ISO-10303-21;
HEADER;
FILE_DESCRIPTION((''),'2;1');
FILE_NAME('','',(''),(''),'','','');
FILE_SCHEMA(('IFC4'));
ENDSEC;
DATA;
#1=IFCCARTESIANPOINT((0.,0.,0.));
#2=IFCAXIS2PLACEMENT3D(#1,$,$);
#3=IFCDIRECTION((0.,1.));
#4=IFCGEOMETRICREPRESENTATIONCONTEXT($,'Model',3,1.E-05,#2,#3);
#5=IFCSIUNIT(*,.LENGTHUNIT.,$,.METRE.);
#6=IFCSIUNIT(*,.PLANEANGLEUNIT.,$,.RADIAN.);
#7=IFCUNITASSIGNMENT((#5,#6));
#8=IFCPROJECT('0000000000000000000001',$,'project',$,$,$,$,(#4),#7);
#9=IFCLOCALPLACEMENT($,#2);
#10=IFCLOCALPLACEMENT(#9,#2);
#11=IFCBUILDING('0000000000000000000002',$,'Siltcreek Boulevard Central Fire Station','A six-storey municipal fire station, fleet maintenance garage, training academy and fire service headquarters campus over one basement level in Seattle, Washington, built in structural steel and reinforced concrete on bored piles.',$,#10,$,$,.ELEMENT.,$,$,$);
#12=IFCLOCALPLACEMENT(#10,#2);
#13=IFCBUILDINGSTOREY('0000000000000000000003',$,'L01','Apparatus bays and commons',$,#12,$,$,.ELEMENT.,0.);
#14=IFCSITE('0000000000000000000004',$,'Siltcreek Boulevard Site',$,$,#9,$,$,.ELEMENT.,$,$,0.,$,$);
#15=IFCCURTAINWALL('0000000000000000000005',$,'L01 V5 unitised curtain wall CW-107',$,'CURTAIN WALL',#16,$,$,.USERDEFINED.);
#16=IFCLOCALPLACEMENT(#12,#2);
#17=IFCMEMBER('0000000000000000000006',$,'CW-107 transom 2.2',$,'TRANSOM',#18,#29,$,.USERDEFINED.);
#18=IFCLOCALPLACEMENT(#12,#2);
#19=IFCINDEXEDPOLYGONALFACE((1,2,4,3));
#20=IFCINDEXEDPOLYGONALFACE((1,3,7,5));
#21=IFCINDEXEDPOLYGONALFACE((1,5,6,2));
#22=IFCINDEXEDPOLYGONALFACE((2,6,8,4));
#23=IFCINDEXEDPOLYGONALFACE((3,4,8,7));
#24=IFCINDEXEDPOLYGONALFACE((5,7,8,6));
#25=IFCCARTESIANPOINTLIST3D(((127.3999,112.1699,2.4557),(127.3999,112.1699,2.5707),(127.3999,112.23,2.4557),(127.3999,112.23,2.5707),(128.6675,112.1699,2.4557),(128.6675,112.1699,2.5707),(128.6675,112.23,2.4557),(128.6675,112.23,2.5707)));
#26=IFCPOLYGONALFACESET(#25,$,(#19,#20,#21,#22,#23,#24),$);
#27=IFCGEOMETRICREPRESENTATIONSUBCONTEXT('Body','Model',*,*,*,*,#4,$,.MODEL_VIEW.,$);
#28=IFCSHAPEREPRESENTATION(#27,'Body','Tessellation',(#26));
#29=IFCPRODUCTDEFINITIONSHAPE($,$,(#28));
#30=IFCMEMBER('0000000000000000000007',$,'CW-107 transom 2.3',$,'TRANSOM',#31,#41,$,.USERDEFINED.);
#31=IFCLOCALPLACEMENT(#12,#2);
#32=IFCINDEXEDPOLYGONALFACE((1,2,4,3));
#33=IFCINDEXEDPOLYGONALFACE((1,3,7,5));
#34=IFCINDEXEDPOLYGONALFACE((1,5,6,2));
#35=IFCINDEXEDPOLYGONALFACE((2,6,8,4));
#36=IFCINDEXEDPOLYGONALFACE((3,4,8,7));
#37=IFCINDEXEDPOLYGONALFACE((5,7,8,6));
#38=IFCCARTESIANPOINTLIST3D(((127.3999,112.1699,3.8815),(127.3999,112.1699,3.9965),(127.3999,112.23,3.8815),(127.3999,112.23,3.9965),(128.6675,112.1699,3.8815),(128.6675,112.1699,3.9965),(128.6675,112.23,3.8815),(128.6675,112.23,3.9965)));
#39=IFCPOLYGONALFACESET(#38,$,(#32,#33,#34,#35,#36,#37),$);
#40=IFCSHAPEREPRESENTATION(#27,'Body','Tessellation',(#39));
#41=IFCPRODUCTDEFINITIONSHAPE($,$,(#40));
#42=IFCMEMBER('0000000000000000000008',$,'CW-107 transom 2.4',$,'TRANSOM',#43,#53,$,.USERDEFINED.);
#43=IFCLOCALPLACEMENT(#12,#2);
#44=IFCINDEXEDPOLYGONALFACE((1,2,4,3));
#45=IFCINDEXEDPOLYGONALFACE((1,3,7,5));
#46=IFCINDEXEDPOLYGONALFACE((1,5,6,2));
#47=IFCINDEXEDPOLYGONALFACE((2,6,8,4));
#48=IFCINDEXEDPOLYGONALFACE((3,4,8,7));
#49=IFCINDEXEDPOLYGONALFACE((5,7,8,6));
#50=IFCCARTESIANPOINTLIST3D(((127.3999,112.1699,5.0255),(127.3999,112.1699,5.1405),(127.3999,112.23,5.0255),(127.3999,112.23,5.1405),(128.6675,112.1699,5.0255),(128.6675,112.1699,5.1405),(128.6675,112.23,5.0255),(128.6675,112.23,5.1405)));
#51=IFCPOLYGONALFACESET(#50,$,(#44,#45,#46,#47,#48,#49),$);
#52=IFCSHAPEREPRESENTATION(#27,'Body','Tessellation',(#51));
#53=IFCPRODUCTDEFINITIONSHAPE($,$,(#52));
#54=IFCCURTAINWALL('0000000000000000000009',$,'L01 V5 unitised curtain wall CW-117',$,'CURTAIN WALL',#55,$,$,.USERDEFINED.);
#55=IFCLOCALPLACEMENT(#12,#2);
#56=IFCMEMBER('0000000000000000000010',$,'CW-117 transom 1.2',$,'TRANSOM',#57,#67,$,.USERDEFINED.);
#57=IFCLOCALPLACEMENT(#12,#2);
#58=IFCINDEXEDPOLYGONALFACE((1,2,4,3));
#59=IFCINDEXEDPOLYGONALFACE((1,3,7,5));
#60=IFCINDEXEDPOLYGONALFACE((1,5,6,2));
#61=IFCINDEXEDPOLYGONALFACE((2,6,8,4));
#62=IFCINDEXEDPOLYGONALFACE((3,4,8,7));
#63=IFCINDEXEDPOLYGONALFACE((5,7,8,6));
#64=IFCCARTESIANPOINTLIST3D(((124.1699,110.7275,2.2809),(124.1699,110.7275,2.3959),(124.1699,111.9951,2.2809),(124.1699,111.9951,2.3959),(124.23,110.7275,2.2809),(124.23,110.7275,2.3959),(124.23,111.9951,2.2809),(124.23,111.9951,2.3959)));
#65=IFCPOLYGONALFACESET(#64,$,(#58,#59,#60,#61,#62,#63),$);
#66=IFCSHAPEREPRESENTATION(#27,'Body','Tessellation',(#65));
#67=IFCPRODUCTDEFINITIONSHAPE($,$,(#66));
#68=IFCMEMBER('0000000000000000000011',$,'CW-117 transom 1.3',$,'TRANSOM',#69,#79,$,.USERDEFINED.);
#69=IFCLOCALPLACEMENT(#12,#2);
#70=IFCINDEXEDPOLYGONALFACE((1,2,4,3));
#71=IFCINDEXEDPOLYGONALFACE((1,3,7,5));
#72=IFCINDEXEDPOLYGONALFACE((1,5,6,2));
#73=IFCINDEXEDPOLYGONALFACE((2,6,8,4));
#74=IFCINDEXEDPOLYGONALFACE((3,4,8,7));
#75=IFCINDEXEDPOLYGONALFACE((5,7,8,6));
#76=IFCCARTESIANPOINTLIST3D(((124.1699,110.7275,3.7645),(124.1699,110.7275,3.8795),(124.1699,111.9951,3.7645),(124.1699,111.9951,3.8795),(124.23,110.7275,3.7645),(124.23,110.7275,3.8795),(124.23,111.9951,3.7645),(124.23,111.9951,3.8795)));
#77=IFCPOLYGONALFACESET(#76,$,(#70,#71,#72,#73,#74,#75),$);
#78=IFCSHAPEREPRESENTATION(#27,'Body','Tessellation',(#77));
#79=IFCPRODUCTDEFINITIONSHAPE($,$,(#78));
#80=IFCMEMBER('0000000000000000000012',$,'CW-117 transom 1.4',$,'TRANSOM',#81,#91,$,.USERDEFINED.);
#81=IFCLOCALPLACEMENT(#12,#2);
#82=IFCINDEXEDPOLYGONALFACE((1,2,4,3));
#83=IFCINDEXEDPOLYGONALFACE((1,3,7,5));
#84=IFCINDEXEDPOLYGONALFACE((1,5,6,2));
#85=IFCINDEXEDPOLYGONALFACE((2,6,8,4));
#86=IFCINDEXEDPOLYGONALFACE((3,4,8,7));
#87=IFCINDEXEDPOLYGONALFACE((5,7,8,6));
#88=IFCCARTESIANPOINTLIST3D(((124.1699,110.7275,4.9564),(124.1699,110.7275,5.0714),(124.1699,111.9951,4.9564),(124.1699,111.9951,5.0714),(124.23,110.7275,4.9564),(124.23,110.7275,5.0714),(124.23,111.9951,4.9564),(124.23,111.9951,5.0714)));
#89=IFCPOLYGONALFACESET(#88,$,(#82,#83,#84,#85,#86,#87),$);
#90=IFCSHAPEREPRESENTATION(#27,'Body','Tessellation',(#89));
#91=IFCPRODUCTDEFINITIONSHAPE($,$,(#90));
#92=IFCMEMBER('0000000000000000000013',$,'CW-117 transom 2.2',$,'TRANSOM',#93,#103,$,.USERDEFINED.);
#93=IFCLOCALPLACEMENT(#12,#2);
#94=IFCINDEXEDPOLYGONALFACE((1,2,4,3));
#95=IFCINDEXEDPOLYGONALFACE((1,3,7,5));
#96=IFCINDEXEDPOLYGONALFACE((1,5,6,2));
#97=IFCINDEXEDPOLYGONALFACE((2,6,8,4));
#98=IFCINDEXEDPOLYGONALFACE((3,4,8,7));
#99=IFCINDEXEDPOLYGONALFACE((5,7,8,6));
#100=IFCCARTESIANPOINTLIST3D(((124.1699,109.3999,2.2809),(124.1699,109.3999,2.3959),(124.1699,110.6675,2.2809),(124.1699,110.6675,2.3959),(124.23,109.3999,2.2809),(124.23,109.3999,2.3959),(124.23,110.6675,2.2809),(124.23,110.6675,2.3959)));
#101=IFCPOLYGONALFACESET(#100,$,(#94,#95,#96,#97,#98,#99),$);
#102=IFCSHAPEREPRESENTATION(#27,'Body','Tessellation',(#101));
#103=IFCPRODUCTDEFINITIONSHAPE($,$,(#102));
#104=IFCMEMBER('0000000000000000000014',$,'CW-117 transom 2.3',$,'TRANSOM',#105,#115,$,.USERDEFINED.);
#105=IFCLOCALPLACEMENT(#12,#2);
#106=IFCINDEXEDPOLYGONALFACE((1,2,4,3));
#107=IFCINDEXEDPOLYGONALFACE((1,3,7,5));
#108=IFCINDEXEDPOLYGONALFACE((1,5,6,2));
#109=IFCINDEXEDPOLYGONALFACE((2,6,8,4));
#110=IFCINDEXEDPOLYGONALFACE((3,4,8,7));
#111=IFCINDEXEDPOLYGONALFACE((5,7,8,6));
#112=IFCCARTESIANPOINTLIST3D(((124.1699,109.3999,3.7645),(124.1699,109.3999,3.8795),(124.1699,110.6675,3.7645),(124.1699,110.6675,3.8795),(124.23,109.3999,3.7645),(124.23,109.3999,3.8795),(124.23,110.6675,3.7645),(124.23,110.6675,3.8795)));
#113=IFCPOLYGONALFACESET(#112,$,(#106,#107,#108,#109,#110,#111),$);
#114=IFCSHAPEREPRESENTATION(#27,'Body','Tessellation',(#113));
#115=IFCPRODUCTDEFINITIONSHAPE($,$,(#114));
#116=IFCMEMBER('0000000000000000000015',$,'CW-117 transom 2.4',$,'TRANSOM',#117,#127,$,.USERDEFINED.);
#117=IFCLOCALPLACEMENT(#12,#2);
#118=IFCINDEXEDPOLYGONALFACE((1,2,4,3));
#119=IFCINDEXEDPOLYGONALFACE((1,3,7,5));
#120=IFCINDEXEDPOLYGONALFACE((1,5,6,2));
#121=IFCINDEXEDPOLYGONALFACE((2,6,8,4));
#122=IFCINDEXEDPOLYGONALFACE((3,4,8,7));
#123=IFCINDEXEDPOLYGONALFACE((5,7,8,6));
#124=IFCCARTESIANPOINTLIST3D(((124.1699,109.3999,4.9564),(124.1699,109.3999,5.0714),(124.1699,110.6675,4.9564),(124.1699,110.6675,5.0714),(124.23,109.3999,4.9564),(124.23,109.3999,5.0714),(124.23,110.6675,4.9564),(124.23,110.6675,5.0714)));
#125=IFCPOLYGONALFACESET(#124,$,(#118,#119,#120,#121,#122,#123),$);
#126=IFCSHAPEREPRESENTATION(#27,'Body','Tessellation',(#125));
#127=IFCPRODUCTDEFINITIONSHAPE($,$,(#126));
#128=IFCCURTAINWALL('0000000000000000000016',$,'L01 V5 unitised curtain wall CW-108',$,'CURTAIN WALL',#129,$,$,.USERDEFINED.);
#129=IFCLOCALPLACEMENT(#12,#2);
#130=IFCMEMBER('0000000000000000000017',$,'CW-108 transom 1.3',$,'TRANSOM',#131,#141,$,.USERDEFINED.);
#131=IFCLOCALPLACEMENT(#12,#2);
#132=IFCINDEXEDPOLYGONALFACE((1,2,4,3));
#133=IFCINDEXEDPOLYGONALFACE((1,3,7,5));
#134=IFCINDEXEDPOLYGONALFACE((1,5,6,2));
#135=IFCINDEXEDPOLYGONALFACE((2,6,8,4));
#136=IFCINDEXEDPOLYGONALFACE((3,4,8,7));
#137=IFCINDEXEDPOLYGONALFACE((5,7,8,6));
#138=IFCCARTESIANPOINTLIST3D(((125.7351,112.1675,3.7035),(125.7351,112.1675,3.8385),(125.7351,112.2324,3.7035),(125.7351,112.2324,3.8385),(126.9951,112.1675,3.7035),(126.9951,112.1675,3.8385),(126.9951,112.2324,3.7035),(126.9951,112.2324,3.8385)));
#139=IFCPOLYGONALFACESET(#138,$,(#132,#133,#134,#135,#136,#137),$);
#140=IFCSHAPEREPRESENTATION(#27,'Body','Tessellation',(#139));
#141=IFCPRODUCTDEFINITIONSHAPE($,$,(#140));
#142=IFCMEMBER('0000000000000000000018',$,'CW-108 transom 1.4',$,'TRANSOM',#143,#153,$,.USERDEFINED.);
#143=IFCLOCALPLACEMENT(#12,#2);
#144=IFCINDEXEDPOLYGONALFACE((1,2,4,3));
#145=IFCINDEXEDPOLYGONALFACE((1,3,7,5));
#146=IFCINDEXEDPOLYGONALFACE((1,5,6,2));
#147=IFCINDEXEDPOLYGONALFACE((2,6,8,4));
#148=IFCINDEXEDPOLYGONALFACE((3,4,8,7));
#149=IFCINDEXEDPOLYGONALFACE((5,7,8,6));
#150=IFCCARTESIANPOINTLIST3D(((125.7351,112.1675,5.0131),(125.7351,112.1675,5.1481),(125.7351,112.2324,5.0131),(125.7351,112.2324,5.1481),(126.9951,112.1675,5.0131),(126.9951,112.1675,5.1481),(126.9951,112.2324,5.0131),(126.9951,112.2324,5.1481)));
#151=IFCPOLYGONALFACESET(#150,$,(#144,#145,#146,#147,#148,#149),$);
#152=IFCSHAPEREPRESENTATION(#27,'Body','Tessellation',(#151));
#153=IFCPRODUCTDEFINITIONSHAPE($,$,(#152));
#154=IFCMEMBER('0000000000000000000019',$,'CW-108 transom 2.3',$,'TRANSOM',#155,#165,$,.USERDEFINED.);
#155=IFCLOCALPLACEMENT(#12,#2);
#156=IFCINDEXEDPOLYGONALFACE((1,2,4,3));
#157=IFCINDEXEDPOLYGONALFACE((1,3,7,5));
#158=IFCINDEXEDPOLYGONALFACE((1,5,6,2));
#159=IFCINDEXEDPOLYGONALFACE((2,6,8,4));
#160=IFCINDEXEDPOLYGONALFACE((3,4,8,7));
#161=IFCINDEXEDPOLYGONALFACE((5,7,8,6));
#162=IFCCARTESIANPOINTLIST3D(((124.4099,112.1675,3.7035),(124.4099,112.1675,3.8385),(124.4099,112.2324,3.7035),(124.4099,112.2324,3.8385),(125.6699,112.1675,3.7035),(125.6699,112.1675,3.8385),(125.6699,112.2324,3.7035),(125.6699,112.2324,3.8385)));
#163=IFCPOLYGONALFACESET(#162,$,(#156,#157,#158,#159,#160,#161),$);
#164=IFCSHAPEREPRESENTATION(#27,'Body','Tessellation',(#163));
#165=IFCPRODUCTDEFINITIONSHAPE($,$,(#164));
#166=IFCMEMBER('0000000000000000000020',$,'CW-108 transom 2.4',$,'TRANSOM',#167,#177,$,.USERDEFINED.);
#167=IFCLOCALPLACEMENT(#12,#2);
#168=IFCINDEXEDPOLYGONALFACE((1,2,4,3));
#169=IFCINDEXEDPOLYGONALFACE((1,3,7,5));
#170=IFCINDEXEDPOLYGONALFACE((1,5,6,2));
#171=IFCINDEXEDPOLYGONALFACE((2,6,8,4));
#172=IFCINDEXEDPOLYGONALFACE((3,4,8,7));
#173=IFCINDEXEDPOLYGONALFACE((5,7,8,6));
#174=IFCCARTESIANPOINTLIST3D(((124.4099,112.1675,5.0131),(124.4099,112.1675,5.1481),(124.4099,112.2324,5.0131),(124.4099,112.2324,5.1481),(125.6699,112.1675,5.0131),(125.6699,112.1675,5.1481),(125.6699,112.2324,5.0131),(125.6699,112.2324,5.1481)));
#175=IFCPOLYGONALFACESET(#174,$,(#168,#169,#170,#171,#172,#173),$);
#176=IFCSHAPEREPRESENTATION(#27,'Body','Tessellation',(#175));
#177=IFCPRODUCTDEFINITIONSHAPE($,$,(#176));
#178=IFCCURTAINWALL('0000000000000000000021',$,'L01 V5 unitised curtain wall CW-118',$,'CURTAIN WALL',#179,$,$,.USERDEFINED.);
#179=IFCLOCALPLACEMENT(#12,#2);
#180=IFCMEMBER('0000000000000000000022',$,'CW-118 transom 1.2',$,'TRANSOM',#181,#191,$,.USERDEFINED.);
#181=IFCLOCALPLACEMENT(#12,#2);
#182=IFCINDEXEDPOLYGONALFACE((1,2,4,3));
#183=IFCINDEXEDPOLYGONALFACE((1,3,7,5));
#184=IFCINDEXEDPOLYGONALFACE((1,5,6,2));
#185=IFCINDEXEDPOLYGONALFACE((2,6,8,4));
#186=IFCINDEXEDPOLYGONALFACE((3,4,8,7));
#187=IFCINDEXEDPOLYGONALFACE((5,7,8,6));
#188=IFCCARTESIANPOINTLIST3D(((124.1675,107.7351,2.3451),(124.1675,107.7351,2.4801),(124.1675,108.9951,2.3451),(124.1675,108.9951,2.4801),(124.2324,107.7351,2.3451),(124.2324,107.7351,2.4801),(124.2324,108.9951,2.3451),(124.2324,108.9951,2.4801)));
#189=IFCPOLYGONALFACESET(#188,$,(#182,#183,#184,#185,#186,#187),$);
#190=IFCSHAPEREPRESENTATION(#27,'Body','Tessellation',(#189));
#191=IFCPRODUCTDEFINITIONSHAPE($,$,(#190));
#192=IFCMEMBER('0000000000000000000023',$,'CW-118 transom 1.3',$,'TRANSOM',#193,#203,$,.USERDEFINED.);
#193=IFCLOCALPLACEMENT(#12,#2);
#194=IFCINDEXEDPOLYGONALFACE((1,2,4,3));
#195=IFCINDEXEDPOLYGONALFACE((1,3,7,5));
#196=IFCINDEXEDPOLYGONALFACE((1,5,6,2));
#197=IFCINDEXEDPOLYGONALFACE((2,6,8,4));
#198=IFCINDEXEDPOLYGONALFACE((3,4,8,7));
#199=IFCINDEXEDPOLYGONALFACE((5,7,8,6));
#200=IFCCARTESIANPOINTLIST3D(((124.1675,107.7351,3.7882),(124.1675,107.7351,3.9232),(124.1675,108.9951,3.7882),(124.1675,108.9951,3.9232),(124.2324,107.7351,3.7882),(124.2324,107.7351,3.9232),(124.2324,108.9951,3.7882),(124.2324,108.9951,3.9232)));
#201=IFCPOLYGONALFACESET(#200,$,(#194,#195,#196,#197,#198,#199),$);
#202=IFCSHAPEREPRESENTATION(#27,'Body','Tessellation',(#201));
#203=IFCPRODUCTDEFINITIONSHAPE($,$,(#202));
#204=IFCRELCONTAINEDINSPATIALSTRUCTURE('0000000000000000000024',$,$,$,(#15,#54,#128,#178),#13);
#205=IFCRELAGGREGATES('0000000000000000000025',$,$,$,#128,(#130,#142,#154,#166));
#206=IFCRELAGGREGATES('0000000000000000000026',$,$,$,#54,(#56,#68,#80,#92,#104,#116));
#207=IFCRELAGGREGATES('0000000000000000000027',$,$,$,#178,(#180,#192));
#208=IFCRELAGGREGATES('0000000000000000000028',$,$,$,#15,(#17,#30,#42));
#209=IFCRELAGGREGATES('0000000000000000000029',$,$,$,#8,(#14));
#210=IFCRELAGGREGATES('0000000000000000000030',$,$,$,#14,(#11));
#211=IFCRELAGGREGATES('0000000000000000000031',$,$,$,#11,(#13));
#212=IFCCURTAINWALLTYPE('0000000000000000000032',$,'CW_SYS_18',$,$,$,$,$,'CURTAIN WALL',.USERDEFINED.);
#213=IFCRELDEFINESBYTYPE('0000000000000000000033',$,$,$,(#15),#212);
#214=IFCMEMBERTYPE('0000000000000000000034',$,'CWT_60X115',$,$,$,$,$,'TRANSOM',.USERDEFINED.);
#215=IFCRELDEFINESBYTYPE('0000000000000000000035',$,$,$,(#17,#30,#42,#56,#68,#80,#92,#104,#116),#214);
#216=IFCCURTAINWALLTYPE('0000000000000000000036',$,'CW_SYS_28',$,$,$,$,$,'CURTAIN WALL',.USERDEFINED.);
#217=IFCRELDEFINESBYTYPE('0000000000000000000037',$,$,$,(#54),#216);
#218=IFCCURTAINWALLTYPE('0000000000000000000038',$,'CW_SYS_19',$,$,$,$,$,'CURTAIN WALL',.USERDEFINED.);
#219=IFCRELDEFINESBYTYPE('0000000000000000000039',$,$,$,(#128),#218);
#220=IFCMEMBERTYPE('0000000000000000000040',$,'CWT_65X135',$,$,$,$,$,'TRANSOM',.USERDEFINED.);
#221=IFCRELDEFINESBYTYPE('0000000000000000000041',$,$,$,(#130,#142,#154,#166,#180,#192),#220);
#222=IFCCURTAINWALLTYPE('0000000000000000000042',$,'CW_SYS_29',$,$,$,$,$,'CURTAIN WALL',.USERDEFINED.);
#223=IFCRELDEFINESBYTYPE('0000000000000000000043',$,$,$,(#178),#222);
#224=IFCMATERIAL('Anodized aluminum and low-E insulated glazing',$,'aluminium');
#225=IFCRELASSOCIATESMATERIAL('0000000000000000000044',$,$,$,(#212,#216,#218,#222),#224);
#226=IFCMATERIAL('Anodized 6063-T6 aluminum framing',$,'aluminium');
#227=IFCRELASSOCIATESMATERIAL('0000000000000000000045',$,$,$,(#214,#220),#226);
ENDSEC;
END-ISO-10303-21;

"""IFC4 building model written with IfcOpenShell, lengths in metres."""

from ifc_helpers import new_model, si_unit, direction, frame, origin, origin_2d, place, context, subcontext, project, spatial, rectangle, extrude, material, material_profile, profile_set, type_object, element, aggregate, save


model = new_model("IFC4")

# Units and contexts
model_context = context("Model", 3, precision=1e-05, world=origin(), true_north=direction((0.0, 1.0)))
body_context = subcontext(model_context, "Body", "Model", "MODEL_VIEW")
ifc_project = project(units=[si_unit("LENGTHUNIT", "METRE"), si_unit("PLANEANGLEUNIT", "RADIAN")], contexts=[model_context])

# Site, building, storey
site_placement = place(None, origin())
site = spatial("IfcSite", under=ifc_project, at=site_placement, Name="Siltcreek Boulevard Site", CompositionType="ELEMENT", RefElevation=0.0)
building_placement = place(site_placement, origin())
building = spatial("IfcBuilding", under=site, at=building_placement, Name="Siltcreek Boulevard Central Fire Station", Description="A six-storey municipal fire station, fleet maintenance garage, training academy and fire service headquarters campus over one basement level in Seattle, Washington, built in structural steel and reinforced concrete on bored piles.", CompositionType="ELEMENT")
storey_placement = place(building_placement, origin())
storey = spatial("IfcBuildingStorey", under=building, at=storey_placement, Name="L01", Description="Apparatus bays and commons", CompositionType="ELEMENT", Elevation=0.0)

# Curtain walls, members
ifc_material_1 = material(Name="Anodized aluminum and low-E insulated glazing", Category="aluminium")
curtain_wall_type_1 = type_object("IfcCurtainWallType", Name="CW_SYS_18", ElementType="CURTAIN WALL", PredefinedType="USERDEFINED", material=ifc_material_1)
curtain_wall_1_placement = place(storey_placement, origin())
curtain_wall_1 = element("IfcCurtainWall", 1, at=curtain_wall_1_placement, inside=storey, type_object=curtain_wall_type_1, Name="L01 V5 unitised curtain wall CW-107", ObjectType="CURTAIN WALL", PredefinedType="USERDEFINED")
ifc_material_2 = material(Name="Anodized 6063-T6 aluminum framing", Category="aluminium")
ifc_material_profile_1 = material_profile(ifc_material_2, rectangle(XDim=0.0601, YDim=0.115, at=origin_2d()), Name="TRAN60X115")
ifc_profile_set_1 = profile_set([ifc_material_profile_1], Name="Anodized 6063-T6 aluminum framing")
member_type_1 = type_object("IfcMemberType", Name="CWT_60X115", ElementType="TRANSOM", PredefinedType="USERDEFINED", material=ifc_profile_set_1)
member_1_placement = place(storey_placement, frame((128.6675, 112.2, 2.5132), z_axis=(-1.0, 0.0, 0.0), x_axis=(0.0, -1.0, 0.0)))
member_1 = element("IfcMember", 2, at=member_1_placement, type_object=member_type_1, Name="CW-107 transom 2.2", ObjectType="TRANSOM", PredefinedType="USERDEFINED", context=body_context, shape_type="SweptSolid", body=[
    extrude(rectangle(XDim=0.0601, YDim=0.115, at=origin_2d()), origin(), (0.0, 0.0, 1.0), 1.2676),
])
member_2_placement = place(storey_placement, frame((128.6675, 112.2, 3.939), z_axis=(-1.0, 0.0, 0.0), x_axis=(0.0, -1.0, 0.0)))
member_2 = element("IfcMember", 3, at=member_2_placement, type_object=member_type_1, Name="CW-107 transom 2.3", ObjectType="TRANSOM", PredefinedType="USERDEFINED", context=body_context, shape_type="SweptSolid", body=[
    extrude(rectangle(XDim=0.0601, YDim=0.115, at=origin_2d()), origin(), (0.0, 0.0, 1.0), 1.2676),
])
member_3_placement = place(storey_placement, frame((128.6675, 112.2, 5.083), z_axis=(-1.0, 0.0, 0.0), x_axis=(0.0, -1.0, 0.0)))
member_3 = element("IfcMember", 4, at=member_3_placement, type_object=member_type_1, Name="CW-107 transom 2.4", ObjectType="TRANSOM", PredefinedType="USERDEFINED", context=body_context, shape_type="SweptSolid", body=[
    extrude(rectangle(XDim=0.0601, YDim=0.115, at=origin_2d()), origin(), (0.0, 0.0, 1.0), 1.2676),
])
curtain_wall_type_2 = type_object("IfcCurtainWallType", Name="CW_SYS_28", ElementType="CURTAIN WALL", PredefinedType="USERDEFINED", material=ifc_material_1)
curtain_wall_2_placement = place(storey_placement, origin())
curtain_wall_2 = element("IfcCurtainWall", 5, at=curtain_wall_2_placement, inside=storey, type_object=curtain_wall_type_2, Name="L01 V5 unitised curtain wall CW-117", ObjectType="CURTAIN WALL", PredefinedType="USERDEFINED")
member_4_placement = place(storey_placement, frame((124.2, 111.9951, 2.3384), z_axis=(0.0, -1.0, 0.0), x_axis=(1.0, 0.0, 0.0)))
member_4 = element("IfcMember", 6, at=member_4_placement, type_object=member_type_1, Name="CW-117 transom 1.2", ObjectType="TRANSOM", PredefinedType="USERDEFINED", context=body_context, shape_type="SweptSolid", body=[
    extrude(rectangle(XDim=0.0601, YDim=0.115, at=origin_2d()), origin(), (0.0, 0.0, 1.0), 1.2676),
])
member_5_placement = place(storey_placement, frame((124.2, 111.9951, 3.822), z_axis=(0.0, -1.0, 0.0), x_axis=(1.0, 0.0, 0.0)))
member_5 = element("IfcMember", 7, at=member_5_placement, type_object=member_type_1, Name="CW-117 transom 1.3", ObjectType="TRANSOM", PredefinedType="USERDEFINED", context=body_context, shape_type="SweptSolid", body=[
    extrude(rectangle(XDim=0.0601, YDim=0.115, at=origin_2d()), origin(), (0.0, 0.0, 1.0), 1.2676),
])
member_6_placement = place(storey_placement, frame((124.2, 111.9951, 5.0139), z_axis=(0.0, -1.0, 0.0), x_axis=(1.0, 0.0, 0.0)))
member_6 = element("IfcMember", 8, at=member_6_placement, type_object=member_type_1, Name="CW-117 transom 1.4", ObjectType="TRANSOM", PredefinedType="USERDEFINED", context=body_context, shape_type="SweptSolid", body=[
    extrude(rectangle(XDim=0.0601, YDim=0.115, at=origin_2d()), origin(), (0.0, 0.0, 1.0), 1.2676),
])
member_7_placement = place(storey_placement, frame((124.2, 110.6675, 2.3384), z_axis=(0.0, -1.0, 0.0), x_axis=(1.0, 0.0, 0.0)))
member_7 = element("IfcMember", 9, at=member_7_placement, type_object=member_type_1, Name="CW-117 transom 2.2", ObjectType="TRANSOM", PredefinedType="USERDEFINED", context=body_context, shape_type="SweptSolid", body=[
    extrude(rectangle(XDim=0.0601, YDim=0.115, at=origin_2d()), origin(), (0.0, 0.0, 1.0), 1.2676),
])
member_8_placement = place(storey_placement, frame((124.2, 110.6675, 3.822), z_axis=(0.0, -1.0, 0.0), x_axis=(1.0, 0.0, 0.0)))
member_8 = element("IfcMember", 10, at=member_8_placement, type_object=member_type_1, Name="CW-117 transom 2.3", ObjectType="TRANSOM", PredefinedType="USERDEFINED", context=body_context, shape_type="SweptSolid", body=[
    extrude(rectangle(XDim=0.0601, YDim=0.115, at=origin_2d()), origin(), (0.0, 0.0, 1.0), 1.2676),
])
member_9_placement = place(storey_placement, frame((124.2, 110.6675, 5.0139), z_axis=(0.0, -1.0, 0.0), x_axis=(1.0, 0.0, 0.0)))
member_9 = element("IfcMember", 11, at=member_9_placement, type_object=member_type_1, Name="CW-117 transom 2.4", ObjectType="TRANSOM", PredefinedType="USERDEFINED", context=body_context, shape_type="SweptSolid", body=[
    extrude(rectangle(XDim=0.0601, YDim=0.115, at=origin_2d()), origin(), (0.0, 0.0, 1.0), 1.2676),
])
curtain_wall_type_3 = type_object("IfcCurtainWallType", Name="CW_SYS_19", ElementType="CURTAIN WALL", PredefinedType="USERDEFINED", material=ifc_material_1)
curtain_wall_3_placement = place(storey_placement, origin())
curtain_wall_3 = element("IfcCurtainWall", 12, at=curtain_wall_3_placement, inside=storey, type_object=curtain_wall_type_3, Name="L01 V5 unitised curtain wall CW-108", ObjectType="CURTAIN WALL", PredefinedType="USERDEFINED")
ifc_material_profile_2 = material_profile(ifc_material_2, rectangle(XDim=0.0649, YDim=0.135, at=origin_2d()), Name="TRAN65X135")
ifc_profile_set_2 = profile_set([ifc_material_profile_2], Name="Anodized 6063-T6 aluminum framing")
member_type_2 = type_object("IfcMemberType", Name="CWT_65X135", ElementType="TRANSOM", PredefinedType="USERDEFINED", material=ifc_profile_set_2)
member_10_placement = place(storey_placement, frame((126.9951, 112.2, 3.771), z_axis=(-1.0, 0.0, 0.0), x_axis=(0.0, -1.0, 0.0)))
member_10 = element("IfcMember", 13, at=member_10_placement, type_object=member_type_2, Name="CW-108 transom 1.3", ObjectType="TRANSOM", PredefinedType="USERDEFINED", context=body_context, shape_type="SweptSolid", body=[
    extrude(rectangle(XDim=0.0649, YDim=0.135, at=origin_2d()), origin(), (0.0, 0.0, 1.0), 1.26),
])
member_11_placement = place(storey_placement, frame((126.9951, 112.2, 5.0806), z_axis=(-1.0, 0.0, 0.0), x_axis=(0.0, -1.0, 0.0)))
member_11 = element("IfcMember", 14, at=member_11_placement, type_object=member_type_2, Name="CW-108 transom 1.4", ObjectType="TRANSOM", PredefinedType="USERDEFINED", context=body_context, shape_type="SweptSolid", body=[
    extrude(rectangle(XDim=0.0649, YDim=0.135, at=origin_2d()), origin(), (0.0, 0.0, 1.0), 1.26),
])
member_12_placement = place(storey_placement, frame((125.6699, 112.2, 3.771), z_axis=(-1.0, 0.0, 0.0), x_axis=(0.0, -1.0, 0.0)))
member_12 = element("IfcMember", 15, at=member_12_placement, type_object=member_type_2, Name="CW-108 transom 2.3", ObjectType="TRANSOM", PredefinedType="USERDEFINED", context=body_context, shape_type="SweptSolid", body=[
    extrude(rectangle(XDim=0.0649, YDim=0.135, at=origin_2d()), origin(), (0.0, 0.0, 1.0), 1.26),
])
member_13_placement = place(storey_placement, frame((125.6699, 112.2, 5.0806), z_axis=(-1.0, 0.0, 0.0), x_axis=(0.0, -1.0, 0.0)))
member_13 = element("IfcMember", 16, at=member_13_placement, type_object=member_type_2, Name="CW-108 transom 2.4", ObjectType="TRANSOM", PredefinedType="USERDEFINED", context=body_context, shape_type="SweptSolid", body=[
    extrude(rectangle(XDim=0.0649, YDim=0.135, at=origin_2d()), origin(), (0.0, 0.0, 1.0), 1.26),
])
curtain_wall_type_4 = type_object("IfcCurtainWallType", Name="CW_SYS_29", ElementType="CURTAIN WALL", PredefinedType="USERDEFINED", material=ifc_material_1)
curtain_wall_4_placement = place(storey_placement, origin())
curtain_wall_4 = element("IfcCurtainWall", 17, at=curtain_wall_4_placement, inside=storey, type_object=curtain_wall_type_4, Name="L01 V5 unitised curtain wall CW-118", ObjectType="CURTAIN WALL", PredefinedType="USERDEFINED")
member_14_placement = place(storey_placement, frame((124.2, 108.9951, 2.4126), z_axis=(0.0, -1.0, 0.0), x_axis=(1.0, 0.0, 0.0)))
member_14 = element("IfcMember", 18, at=member_14_placement, type_object=member_type_2, Name="CW-118 transom 1.2", ObjectType="TRANSOM", PredefinedType="USERDEFINED", context=body_context, shape_type="SweptSolid", body=[
    extrude(rectangle(XDim=0.0649, YDim=0.135, at=origin_2d()), origin(), (0.0, 0.0, 1.0), 1.26),
])
member_15_placement = place(storey_placement, frame((124.2, 108.9951, 3.8557), z_axis=(0.0, -1.0, 0.0), x_axis=(1.0, 0.0, 0.0)))
member_15 = element("IfcMember", 19, at=member_15_placement, type_object=member_type_2, Name="CW-118 transom 1.3", ObjectType="TRANSOM", PredefinedType="USERDEFINED", context=body_context, shape_type="SweptSolid", body=[
    extrude(rectangle(XDim=0.0649, YDim=0.135, at=origin_2d()), origin(), (0.0, 0.0, 1.0), 1.26),
])

aggregate(curtain_wall_3, [member_10, member_11, member_12, member_13])
aggregate(curtain_wall_2, [member_4, member_5, member_6, member_7, member_8, member_9])
aggregate(curtain_wall_4, [member_14, member_15])
aggregate(curtain_wall_1, [member_1, member_2, member_3])

save(model, "model.ifc")
